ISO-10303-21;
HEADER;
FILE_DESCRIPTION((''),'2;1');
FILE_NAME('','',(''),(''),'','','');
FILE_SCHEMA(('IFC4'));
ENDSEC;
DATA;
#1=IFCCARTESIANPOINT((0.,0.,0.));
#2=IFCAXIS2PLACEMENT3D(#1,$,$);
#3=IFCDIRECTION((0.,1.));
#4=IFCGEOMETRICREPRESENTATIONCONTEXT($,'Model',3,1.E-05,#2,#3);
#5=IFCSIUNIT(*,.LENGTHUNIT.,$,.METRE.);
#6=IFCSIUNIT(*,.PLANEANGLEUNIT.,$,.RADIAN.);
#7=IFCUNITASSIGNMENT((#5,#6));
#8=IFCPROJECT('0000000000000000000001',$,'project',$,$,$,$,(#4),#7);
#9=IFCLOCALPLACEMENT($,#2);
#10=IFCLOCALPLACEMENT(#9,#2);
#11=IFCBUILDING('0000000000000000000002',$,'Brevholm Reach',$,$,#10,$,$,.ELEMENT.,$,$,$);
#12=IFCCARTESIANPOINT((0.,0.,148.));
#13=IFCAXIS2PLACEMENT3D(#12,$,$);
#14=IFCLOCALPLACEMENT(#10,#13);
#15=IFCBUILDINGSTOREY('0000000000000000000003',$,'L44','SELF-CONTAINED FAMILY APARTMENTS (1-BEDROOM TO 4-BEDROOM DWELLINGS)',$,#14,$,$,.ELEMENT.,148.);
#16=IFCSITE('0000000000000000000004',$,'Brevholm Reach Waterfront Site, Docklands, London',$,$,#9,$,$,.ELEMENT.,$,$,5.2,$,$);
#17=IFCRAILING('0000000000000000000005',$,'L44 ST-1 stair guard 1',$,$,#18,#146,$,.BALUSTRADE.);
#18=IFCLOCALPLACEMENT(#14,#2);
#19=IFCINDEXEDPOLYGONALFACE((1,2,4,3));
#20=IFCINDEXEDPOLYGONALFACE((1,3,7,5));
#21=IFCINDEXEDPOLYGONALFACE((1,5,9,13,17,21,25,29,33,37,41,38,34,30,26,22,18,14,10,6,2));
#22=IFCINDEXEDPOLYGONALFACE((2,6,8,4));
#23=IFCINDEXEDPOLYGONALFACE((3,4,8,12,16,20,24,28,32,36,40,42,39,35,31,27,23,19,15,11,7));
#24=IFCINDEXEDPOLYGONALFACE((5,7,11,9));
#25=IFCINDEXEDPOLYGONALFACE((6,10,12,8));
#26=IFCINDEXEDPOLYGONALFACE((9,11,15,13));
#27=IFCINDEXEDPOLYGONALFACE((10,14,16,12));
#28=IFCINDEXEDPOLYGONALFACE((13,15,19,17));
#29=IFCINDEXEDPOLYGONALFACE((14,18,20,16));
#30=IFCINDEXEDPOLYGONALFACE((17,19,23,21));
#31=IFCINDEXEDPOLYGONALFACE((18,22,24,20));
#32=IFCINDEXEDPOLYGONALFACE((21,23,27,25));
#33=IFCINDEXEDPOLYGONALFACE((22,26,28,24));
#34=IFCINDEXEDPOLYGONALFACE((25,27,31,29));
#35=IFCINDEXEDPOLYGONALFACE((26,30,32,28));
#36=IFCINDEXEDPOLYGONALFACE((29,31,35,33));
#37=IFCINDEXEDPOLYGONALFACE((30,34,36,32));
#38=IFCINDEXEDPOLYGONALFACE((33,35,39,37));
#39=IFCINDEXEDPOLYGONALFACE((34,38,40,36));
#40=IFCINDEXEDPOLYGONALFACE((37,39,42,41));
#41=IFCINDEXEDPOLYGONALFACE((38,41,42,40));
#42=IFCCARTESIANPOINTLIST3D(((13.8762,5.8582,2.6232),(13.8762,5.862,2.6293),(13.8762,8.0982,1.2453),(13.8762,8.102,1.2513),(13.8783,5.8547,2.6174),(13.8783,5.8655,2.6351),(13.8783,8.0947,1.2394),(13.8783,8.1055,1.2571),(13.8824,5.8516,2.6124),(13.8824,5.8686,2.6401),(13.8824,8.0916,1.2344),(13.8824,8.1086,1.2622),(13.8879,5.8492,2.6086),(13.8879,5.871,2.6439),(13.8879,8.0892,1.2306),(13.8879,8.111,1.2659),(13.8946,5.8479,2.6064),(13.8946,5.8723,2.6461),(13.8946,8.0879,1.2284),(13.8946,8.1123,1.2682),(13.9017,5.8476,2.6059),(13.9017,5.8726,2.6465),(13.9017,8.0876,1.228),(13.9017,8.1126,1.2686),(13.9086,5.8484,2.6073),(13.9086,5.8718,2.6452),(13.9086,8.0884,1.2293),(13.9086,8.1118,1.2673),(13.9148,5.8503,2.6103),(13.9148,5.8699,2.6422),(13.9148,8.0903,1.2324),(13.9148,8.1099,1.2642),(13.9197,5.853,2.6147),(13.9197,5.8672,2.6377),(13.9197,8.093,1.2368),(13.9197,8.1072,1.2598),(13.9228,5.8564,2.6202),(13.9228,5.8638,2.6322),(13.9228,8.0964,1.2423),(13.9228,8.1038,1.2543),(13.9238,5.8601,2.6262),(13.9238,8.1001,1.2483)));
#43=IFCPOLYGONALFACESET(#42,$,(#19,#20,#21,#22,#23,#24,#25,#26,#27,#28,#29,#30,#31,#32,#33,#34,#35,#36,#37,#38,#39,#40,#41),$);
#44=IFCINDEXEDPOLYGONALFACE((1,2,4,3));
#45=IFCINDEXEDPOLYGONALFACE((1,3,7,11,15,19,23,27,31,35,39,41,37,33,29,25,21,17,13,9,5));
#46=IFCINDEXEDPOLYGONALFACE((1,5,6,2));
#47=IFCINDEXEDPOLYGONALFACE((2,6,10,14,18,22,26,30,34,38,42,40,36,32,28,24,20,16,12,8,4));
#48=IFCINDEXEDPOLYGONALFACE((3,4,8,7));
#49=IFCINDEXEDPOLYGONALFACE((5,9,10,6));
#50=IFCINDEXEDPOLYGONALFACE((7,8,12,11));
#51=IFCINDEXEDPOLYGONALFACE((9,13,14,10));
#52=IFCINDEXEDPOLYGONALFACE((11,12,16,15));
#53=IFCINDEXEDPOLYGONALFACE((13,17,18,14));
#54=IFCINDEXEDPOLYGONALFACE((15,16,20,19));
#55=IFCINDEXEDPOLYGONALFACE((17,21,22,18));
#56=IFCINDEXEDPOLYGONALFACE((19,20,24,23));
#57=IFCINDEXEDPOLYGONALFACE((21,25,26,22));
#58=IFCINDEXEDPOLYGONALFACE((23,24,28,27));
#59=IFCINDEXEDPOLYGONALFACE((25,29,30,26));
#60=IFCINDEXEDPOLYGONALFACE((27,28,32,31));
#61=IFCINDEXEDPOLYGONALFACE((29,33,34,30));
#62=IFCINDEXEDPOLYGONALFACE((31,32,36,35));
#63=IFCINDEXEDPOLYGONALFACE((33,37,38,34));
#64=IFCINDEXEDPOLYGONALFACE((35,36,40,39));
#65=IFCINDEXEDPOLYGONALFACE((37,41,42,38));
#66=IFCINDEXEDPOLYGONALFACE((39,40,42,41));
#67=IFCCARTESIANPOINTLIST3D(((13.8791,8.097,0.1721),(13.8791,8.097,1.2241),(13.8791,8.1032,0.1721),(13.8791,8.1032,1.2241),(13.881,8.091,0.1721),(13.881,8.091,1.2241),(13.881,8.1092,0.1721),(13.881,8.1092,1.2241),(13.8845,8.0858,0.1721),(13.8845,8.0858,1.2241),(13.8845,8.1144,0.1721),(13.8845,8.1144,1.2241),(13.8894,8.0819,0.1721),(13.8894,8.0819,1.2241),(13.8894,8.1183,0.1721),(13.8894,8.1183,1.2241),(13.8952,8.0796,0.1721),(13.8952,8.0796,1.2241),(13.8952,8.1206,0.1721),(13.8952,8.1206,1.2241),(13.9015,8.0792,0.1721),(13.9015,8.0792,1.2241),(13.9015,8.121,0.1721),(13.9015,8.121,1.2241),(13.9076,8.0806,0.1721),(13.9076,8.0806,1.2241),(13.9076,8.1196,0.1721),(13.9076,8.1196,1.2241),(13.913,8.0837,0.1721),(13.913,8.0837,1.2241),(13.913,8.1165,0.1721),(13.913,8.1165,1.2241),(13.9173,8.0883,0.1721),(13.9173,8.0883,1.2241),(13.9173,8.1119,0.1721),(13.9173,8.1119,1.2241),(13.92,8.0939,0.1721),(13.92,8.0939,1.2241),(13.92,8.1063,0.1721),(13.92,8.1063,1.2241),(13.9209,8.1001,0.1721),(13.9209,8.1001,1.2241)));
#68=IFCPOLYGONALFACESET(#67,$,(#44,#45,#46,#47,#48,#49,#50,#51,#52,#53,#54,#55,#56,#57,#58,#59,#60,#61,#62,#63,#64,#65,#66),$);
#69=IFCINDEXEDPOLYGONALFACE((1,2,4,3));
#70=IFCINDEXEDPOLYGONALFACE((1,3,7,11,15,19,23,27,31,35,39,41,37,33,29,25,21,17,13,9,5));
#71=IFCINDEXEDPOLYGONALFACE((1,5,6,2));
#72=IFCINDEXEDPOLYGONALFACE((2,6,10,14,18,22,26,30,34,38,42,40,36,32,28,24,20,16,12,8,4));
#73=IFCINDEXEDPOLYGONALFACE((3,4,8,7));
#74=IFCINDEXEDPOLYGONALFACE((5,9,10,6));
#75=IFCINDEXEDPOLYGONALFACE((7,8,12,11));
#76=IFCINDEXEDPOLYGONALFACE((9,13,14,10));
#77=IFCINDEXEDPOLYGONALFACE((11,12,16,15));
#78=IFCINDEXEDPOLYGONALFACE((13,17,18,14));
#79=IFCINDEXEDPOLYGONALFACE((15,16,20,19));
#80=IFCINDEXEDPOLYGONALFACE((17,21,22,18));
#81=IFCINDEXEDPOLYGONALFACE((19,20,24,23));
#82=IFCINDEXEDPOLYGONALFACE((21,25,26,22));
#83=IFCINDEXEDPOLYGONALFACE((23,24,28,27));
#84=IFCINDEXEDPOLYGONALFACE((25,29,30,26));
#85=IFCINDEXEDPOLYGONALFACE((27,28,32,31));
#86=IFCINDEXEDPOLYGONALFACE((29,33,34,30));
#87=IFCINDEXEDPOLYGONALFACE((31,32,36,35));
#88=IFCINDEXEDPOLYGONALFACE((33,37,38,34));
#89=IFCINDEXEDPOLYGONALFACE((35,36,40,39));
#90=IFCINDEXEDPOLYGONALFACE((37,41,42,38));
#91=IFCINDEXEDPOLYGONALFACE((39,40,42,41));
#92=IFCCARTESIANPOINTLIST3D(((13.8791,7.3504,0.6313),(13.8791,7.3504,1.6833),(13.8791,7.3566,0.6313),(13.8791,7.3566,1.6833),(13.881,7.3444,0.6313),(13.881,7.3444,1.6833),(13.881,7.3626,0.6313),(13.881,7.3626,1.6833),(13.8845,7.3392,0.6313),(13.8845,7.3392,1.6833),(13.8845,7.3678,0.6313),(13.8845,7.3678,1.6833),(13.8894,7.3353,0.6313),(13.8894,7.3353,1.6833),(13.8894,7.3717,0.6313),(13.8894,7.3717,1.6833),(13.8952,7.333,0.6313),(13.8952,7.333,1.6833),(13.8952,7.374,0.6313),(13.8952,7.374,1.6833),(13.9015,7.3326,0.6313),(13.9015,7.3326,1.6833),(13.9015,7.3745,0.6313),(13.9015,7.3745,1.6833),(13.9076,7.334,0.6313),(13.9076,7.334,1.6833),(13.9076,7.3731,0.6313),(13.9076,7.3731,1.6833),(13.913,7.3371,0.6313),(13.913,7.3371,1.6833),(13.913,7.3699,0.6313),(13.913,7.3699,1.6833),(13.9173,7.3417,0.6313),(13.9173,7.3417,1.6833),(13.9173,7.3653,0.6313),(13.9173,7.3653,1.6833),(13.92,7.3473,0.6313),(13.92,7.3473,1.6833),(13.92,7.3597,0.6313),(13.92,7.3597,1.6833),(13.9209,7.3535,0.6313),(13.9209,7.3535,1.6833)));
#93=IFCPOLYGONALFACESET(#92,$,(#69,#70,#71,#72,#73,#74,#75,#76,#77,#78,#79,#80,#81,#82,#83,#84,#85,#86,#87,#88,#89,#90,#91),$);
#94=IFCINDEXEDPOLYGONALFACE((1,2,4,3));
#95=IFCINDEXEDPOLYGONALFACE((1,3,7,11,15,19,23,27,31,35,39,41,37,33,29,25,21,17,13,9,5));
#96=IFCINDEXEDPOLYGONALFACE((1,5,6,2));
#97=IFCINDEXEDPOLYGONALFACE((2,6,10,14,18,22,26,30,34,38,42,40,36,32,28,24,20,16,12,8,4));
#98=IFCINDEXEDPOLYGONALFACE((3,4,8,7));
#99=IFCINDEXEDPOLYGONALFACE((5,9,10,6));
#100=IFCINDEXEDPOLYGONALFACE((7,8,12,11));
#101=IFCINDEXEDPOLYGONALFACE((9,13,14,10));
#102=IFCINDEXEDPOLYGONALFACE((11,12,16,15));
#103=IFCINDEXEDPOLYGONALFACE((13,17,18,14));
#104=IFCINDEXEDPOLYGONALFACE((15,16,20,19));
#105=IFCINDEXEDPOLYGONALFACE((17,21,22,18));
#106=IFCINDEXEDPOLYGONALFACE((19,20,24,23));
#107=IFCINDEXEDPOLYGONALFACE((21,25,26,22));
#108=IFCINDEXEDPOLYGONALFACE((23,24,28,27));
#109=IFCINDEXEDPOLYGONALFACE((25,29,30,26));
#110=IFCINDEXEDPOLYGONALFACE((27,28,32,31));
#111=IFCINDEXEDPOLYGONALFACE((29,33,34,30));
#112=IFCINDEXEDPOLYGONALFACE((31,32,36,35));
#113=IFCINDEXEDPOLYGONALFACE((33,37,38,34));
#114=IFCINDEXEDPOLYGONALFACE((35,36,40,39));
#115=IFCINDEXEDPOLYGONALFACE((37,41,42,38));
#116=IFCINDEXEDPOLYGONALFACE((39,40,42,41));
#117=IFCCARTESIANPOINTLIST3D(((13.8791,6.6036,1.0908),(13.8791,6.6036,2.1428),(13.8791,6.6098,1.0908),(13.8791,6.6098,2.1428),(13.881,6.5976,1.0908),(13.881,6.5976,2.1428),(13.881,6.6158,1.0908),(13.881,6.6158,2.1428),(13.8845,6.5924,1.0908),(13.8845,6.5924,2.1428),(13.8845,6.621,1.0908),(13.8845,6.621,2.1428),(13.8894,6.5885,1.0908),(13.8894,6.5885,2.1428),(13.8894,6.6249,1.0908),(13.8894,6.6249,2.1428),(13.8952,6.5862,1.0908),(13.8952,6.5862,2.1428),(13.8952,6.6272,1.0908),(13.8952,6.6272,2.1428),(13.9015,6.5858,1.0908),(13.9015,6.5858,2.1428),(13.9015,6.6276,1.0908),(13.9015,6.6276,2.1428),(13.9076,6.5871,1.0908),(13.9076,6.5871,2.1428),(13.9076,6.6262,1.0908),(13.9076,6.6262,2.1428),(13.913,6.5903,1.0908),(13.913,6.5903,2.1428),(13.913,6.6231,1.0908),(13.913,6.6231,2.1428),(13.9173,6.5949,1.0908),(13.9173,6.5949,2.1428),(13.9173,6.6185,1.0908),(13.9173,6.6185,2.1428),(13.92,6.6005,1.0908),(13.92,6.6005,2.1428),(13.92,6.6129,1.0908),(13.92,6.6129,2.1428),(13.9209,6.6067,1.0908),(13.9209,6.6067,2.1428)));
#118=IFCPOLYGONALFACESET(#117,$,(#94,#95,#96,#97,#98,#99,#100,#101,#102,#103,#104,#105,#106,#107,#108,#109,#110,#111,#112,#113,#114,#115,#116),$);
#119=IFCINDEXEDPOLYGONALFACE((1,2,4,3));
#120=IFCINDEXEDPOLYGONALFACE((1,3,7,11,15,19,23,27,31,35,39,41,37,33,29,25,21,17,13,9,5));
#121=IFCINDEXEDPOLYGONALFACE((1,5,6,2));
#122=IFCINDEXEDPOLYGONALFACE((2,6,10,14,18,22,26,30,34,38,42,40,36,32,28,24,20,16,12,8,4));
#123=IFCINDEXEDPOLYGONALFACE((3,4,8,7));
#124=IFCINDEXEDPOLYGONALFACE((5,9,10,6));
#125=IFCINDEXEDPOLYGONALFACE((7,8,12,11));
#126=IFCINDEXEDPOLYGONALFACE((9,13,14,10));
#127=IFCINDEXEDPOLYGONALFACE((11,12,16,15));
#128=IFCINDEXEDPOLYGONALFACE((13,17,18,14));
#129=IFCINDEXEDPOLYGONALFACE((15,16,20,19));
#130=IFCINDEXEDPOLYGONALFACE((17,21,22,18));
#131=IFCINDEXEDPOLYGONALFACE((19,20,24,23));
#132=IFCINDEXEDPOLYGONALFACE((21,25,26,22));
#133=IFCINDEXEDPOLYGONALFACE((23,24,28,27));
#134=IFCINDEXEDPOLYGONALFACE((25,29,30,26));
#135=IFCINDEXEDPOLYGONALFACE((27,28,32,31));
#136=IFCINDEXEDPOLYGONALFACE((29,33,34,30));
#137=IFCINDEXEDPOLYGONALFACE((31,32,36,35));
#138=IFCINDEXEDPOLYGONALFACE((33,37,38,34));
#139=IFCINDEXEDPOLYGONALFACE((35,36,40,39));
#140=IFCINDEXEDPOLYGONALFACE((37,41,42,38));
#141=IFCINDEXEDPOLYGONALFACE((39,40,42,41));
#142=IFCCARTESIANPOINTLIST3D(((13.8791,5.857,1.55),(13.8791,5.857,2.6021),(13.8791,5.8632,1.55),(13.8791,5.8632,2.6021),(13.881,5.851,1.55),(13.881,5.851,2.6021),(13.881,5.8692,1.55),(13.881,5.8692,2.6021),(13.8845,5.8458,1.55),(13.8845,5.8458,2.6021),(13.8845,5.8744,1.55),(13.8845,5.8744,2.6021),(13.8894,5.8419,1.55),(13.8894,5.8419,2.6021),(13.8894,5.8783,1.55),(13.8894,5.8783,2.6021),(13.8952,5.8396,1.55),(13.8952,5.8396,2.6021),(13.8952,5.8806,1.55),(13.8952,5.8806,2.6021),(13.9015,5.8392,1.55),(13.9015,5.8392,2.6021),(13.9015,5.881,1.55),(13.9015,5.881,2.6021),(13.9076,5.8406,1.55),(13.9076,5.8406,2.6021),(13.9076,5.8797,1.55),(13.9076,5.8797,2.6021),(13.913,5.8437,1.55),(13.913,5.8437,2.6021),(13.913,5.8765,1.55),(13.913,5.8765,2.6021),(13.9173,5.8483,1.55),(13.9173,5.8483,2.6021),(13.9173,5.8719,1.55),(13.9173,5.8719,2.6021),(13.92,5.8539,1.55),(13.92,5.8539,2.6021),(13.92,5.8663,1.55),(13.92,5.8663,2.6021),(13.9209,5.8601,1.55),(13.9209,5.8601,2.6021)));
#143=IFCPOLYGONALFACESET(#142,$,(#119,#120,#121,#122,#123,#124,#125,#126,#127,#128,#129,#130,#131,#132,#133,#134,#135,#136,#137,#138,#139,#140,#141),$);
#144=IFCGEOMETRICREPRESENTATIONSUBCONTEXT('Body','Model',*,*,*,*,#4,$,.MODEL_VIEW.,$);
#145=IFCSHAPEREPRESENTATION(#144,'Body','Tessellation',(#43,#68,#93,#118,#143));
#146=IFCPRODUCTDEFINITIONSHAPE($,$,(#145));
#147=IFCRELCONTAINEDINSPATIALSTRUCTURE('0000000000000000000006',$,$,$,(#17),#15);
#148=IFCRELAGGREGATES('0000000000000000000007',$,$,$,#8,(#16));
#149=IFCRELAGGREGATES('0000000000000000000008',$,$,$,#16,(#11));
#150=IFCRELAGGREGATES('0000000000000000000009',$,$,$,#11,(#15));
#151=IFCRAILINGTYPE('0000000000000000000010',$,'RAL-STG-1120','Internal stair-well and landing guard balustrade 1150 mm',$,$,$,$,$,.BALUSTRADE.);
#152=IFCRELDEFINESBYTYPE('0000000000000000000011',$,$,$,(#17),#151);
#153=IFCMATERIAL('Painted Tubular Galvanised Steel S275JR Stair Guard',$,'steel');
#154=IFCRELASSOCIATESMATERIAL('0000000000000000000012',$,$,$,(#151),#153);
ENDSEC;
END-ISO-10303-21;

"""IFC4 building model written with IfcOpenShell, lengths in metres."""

from ifc_helpers import new_model, si_unit, direction, frame, origin, origin_2d, place, context, subcontext, project, spatial, circle, extrude, material, type_object, element, save


model = new_model("IFC4")

# Units and contexts
model_context = context("Model", 3, precision=1e-05, world=origin(), true_north=direction((0.0, 1.0)))
body_context = subcontext(model_context, "Body", "Model", "MODEL_VIEW")
ifc_project = project(units=[si_unit("LENGTHUNIT", "METRE"), si_unit("PLANEANGLEUNIT", "RADIAN")], contexts=[model_context])

# Site, building, storey
site_placement = place(None, origin())
site = spatial("IfcSite", under=ifc_project, at=site_placement, Name="Brevholm Reach Waterfront Site, Docklands, London", CompositionType="ELEMENT", RefElevation=5.2)
building_placement = place(site_placement, origin())
building = spatial("IfcBuilding", under=site, at=building_placement, Name="Brevholm Reach", CompositionType="ELEMENT")
storey_placement = place(building_placement, frame((0.0, 0.0, 148.0)))
storey = spatial("IfcBuildingStorey", under=building, at=storey_placement, Name="L44", Description="SELF-CONTAINED FAMILY APARTMENTS (1-BEDROOM TO 4-BEDROOM DWELLINGS)", CompositionType="ELEMENT", Elevation=148.0)

# Railing
ifc_material_1 = material(Name="Painted Tubular Galvanised Steel S275JR Stair Guard", Category="steel")
railing_type_1 = type_object("IfcRailingType", Name="RAL-STG-1120", Description="Internal stair-well and landing guard balustrade 1150 mm", PredefinedType="BALUSTRADE", material=ifc_material_1)
railing_1_placement = place(storey_placement, frame((13.8999, 8.1001, 0.1721)))
element("IfcRailing", 1, at=railing_1_placement, inside=storey, type_object=railing_type_1, Name="L44 ST-1 stair guard 1", PredefinedType="BALUSTRADE", context=body_context, shape_type="SweptSolid", body=[
    extrude(circle(Radius=0.0239, at=origin_2d()), frame((0.0, 0.0, 1.0762), z_axis=(0.0, -0.851748, 0.523952), x_axis=(1.0, 0.0, 0.0)), (0.0, 0.0, 1.0), 2.6299),
    extrude(circle(Radius=0.021, at=origin_2d()), origin(), (0.0, 0.0, 1.0), 1.052),
    extrude(circle(Radius=0.021, at=origin_2d()), frame((0.0, -0.7466, 0.4592)), (0.0, 0.0, 1.0), 1.052),
    extrude(circle(Radius=0.021, at=origin_2d()), frame((0.0, -1.4934, 0.9187)), (0.0, 0.0, 1.0), 1.052),
    extrude(circle(Radius=0.021, at=origin_2d()), frame((0.0, -2.24, 1.3779)), (0.0, 0.0, 1.0), 1.052),
])

save(model, "model.ifc")
